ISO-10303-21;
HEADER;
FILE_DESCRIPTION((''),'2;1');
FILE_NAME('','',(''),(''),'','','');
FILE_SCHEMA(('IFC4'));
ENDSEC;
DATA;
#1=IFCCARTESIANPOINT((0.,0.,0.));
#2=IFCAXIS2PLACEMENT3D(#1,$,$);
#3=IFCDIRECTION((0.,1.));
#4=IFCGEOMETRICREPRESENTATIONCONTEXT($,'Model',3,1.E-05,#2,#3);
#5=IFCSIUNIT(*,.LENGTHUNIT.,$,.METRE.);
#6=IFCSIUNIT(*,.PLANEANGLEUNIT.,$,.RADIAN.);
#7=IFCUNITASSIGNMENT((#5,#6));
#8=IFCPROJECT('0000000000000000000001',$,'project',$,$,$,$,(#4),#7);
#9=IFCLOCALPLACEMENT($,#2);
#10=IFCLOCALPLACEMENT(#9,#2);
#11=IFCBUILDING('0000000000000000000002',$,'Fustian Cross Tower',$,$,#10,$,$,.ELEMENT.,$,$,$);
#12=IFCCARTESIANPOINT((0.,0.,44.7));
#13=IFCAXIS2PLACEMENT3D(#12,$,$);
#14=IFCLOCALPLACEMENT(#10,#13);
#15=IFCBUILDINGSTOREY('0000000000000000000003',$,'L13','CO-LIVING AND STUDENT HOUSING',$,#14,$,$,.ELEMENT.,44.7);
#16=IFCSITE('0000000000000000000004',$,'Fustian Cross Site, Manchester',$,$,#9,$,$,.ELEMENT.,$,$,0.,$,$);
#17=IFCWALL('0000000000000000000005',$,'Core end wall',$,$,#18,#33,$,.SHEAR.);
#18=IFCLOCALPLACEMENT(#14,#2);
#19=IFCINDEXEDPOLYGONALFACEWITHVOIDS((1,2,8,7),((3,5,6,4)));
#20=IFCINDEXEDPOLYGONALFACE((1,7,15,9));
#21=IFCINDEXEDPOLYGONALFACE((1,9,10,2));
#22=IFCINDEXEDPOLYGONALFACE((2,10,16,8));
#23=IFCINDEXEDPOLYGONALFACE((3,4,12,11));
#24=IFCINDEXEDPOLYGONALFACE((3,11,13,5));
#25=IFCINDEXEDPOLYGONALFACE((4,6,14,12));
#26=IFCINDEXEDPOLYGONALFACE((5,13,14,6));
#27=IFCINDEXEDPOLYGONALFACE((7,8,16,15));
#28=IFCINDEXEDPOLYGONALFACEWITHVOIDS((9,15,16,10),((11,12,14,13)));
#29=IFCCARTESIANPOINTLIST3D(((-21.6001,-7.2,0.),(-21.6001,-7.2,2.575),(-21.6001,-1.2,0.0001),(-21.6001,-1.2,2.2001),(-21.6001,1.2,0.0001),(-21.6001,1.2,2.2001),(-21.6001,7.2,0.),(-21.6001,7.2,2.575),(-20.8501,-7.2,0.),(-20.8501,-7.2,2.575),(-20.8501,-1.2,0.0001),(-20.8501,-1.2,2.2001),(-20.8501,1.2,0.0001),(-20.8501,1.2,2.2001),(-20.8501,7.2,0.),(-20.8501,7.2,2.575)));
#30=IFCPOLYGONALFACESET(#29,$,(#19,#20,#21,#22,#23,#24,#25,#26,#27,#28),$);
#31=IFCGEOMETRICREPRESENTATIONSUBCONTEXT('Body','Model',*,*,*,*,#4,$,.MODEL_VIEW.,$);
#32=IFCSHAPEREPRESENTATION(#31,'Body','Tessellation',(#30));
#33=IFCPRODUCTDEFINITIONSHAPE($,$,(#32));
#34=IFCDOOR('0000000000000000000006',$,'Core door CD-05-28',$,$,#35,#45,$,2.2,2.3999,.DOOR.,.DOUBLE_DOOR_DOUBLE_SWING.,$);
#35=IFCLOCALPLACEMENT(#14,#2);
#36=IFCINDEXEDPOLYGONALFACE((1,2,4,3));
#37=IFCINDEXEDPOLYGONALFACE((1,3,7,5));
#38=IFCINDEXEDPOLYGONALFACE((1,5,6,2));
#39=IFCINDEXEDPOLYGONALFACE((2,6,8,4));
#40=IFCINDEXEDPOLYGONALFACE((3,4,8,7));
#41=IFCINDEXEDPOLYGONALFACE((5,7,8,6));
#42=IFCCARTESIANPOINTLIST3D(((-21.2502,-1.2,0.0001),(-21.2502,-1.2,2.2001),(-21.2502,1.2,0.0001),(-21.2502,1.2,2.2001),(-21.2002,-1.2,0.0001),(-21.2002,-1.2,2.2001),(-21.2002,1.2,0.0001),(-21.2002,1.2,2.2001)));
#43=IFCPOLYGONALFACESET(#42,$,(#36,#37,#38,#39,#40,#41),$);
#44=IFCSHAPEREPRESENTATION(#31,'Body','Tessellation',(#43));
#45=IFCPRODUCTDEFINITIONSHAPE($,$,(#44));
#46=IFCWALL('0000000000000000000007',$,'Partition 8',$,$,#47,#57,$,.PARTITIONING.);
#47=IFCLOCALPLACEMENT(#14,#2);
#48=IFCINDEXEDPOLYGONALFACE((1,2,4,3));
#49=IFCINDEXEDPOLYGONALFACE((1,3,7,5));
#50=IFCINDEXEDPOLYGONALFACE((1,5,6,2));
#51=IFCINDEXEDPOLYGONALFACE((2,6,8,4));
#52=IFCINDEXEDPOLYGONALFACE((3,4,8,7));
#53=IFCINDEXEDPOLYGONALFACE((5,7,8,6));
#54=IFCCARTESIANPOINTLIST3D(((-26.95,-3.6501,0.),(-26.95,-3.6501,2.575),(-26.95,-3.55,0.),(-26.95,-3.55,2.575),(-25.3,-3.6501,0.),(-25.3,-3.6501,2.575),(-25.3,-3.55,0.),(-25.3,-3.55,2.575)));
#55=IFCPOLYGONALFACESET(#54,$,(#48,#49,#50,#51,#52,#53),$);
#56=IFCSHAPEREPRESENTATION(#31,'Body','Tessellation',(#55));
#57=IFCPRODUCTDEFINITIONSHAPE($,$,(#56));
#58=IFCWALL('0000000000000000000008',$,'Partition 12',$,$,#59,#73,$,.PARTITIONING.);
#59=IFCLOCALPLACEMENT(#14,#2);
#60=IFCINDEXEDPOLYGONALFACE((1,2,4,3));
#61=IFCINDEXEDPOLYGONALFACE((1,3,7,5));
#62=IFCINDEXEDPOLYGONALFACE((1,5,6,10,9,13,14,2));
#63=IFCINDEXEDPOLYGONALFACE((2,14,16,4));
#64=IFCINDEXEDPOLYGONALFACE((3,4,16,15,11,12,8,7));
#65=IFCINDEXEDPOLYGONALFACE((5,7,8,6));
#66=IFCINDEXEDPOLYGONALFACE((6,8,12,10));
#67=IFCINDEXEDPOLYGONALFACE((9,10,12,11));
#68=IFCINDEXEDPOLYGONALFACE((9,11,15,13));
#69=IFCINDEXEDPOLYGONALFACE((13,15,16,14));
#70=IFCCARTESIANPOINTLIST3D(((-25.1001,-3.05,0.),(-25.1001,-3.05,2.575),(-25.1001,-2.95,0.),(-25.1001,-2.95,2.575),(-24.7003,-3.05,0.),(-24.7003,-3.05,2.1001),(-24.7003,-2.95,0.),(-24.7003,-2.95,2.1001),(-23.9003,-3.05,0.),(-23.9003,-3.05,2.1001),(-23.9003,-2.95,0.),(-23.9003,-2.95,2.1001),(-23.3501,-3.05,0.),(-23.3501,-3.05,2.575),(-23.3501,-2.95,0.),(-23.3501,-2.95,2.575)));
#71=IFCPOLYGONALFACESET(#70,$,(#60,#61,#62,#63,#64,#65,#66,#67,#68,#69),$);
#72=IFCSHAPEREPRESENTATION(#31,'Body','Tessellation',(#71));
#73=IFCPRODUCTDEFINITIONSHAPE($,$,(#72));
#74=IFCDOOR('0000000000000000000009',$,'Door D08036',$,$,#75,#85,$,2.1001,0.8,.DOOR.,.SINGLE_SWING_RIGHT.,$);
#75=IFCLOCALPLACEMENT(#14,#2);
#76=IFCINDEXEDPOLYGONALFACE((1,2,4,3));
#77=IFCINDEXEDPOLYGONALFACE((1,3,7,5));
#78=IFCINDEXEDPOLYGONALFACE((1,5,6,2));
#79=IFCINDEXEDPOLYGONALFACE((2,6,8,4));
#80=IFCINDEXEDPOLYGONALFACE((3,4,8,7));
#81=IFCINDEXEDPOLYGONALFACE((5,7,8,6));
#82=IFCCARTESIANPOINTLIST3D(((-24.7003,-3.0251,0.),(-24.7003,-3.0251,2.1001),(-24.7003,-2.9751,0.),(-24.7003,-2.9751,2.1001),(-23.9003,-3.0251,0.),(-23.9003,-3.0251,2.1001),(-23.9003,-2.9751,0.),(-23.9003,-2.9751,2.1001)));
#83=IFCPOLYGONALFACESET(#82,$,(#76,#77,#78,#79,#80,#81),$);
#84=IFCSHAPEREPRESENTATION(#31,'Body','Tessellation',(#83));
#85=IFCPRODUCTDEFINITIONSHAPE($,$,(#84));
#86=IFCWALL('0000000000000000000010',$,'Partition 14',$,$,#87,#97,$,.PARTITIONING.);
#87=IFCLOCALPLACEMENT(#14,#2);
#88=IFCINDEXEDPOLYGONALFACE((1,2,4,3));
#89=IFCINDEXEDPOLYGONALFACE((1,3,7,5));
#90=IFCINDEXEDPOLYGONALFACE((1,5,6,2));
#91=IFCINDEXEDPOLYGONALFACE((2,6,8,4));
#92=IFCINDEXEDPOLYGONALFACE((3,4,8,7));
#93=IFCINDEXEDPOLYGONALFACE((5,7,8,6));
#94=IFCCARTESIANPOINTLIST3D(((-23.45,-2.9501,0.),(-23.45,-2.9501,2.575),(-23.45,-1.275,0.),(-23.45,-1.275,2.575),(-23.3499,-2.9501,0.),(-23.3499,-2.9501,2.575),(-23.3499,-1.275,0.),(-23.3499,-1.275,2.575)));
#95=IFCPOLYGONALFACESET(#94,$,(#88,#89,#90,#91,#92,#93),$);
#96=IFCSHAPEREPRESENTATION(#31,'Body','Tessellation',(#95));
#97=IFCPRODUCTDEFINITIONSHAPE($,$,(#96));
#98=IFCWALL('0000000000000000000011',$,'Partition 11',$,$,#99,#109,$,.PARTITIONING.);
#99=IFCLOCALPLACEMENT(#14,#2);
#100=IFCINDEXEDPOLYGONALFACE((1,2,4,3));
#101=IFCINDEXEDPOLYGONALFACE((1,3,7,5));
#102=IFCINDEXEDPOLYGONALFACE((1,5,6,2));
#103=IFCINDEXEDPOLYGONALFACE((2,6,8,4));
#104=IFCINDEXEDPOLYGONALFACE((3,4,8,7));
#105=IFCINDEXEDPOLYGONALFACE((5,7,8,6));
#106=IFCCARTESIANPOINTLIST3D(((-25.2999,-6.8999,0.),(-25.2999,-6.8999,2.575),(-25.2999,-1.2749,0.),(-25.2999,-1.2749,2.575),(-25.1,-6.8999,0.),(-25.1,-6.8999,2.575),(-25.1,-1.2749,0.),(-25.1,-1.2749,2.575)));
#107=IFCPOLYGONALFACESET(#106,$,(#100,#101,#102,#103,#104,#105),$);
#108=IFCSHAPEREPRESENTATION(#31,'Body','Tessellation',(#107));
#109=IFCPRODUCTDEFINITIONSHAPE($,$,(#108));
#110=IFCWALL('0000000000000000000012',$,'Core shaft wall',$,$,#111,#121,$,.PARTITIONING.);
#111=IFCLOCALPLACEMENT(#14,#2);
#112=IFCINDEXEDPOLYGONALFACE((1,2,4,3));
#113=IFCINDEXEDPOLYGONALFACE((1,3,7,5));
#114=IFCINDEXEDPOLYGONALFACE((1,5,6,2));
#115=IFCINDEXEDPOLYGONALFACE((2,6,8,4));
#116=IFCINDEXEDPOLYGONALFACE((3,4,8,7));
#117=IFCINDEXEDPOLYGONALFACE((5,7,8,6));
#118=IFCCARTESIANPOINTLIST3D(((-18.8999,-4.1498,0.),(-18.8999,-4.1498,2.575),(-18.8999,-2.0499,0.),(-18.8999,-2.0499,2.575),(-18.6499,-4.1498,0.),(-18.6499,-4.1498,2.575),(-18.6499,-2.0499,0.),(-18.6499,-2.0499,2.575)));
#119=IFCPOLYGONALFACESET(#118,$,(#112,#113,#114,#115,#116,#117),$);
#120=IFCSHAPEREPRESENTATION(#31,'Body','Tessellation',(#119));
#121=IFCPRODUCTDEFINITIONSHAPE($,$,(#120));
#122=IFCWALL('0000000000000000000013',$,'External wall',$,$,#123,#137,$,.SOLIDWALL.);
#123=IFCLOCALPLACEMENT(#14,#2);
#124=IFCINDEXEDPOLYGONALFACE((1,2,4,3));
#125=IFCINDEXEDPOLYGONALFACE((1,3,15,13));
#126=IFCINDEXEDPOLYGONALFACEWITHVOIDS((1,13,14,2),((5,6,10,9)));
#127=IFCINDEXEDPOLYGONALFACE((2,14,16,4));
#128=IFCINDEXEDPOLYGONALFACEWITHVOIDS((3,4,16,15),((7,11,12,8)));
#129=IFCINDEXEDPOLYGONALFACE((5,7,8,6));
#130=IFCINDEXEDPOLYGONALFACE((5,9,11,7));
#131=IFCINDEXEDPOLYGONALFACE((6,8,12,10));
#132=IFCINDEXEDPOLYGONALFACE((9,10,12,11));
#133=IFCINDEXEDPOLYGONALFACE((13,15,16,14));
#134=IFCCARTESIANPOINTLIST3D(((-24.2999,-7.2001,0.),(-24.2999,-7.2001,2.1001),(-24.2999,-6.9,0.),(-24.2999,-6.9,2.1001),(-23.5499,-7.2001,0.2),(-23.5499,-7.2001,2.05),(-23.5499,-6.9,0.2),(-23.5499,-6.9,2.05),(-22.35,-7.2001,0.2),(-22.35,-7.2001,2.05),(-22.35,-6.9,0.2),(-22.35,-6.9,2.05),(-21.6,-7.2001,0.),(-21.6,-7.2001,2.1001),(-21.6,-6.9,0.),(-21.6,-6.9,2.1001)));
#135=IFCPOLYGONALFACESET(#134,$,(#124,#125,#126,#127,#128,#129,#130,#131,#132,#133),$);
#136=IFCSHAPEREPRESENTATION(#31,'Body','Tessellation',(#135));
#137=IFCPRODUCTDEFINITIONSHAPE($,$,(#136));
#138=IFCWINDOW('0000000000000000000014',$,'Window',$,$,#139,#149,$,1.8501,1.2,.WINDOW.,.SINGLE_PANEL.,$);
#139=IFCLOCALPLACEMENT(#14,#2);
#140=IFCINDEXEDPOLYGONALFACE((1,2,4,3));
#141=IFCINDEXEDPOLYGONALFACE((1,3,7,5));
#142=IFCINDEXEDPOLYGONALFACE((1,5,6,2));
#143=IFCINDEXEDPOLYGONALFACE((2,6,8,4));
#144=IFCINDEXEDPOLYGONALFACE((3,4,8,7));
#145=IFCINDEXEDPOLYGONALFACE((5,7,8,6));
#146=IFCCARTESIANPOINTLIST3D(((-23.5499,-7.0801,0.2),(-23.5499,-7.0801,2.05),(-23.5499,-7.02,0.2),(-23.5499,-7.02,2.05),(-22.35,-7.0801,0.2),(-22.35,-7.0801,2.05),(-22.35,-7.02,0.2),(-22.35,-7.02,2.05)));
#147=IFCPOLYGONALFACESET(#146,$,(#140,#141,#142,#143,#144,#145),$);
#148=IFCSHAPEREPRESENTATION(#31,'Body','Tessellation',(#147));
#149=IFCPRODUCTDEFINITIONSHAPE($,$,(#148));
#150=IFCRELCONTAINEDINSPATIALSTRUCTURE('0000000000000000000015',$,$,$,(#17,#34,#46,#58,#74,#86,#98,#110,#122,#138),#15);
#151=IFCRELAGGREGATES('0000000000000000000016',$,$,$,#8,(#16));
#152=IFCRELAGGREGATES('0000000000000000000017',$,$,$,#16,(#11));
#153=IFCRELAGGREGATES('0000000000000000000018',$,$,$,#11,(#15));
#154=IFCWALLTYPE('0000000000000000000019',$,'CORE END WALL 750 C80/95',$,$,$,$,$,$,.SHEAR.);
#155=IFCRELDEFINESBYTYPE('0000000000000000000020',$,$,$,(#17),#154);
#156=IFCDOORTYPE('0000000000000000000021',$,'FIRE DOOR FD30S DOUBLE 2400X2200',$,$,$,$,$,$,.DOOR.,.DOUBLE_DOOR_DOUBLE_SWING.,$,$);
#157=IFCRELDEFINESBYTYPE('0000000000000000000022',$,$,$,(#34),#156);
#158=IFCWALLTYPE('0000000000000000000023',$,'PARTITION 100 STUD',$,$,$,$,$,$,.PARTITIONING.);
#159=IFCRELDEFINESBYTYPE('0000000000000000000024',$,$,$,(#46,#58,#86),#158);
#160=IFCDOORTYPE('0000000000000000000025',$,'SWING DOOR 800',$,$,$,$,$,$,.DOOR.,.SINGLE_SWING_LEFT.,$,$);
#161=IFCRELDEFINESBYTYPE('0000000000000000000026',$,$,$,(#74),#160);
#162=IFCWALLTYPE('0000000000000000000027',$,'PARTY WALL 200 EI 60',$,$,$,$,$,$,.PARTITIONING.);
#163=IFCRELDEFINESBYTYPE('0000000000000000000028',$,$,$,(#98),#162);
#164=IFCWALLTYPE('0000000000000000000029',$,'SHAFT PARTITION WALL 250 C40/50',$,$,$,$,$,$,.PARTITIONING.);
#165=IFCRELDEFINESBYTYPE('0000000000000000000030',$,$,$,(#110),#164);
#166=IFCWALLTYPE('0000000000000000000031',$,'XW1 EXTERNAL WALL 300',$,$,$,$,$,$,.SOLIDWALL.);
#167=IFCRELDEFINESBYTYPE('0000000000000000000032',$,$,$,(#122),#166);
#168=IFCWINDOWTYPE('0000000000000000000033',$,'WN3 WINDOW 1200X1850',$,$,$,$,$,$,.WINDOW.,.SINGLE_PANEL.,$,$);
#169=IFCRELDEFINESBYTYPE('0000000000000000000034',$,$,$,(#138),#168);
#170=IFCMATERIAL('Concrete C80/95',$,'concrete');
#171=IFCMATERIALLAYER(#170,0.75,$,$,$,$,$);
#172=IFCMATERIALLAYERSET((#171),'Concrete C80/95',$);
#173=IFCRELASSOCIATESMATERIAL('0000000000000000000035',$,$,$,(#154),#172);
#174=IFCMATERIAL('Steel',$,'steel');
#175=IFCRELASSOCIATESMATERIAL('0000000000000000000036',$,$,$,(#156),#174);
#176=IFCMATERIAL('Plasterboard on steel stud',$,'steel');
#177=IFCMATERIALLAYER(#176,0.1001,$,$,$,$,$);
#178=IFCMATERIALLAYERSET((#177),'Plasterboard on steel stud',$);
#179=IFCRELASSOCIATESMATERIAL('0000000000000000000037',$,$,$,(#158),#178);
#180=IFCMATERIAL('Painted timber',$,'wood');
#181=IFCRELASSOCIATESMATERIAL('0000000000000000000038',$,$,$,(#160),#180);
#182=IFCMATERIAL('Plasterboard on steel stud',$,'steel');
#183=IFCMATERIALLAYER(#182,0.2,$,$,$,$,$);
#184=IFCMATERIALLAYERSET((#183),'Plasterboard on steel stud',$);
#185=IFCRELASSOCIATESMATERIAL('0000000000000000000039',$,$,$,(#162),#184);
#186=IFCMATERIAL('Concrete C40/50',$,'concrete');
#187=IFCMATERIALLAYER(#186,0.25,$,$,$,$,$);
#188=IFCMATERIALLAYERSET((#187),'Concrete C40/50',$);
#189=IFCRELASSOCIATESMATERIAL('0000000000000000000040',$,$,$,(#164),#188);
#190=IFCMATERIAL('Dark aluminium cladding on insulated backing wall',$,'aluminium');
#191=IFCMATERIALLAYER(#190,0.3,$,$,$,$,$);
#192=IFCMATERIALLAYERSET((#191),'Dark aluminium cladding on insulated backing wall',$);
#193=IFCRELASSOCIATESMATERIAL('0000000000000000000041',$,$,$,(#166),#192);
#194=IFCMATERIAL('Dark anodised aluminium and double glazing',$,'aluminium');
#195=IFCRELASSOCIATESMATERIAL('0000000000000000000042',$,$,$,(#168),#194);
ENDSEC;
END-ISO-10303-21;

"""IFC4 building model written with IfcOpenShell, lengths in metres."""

from ifc_helpers import new_model, si_unit, direction, frame, frame_2d, origin, place, context, subcontext, project, spatial, rectangle, extrude, material, layer, layer_set, type_object, element, fill, save


model = new_model("IFC4")

# Units and contexts
model_context = context("Model", 3, precision=1e-05, world=origin(), true_north=direction((0.0, 1.0)))
body_context = subcontext(model_context, "Body", "Model", "MODEL_VIEW")
ifc_project = project(units=[si_unit("LENGTHUNIT", "METRE"), si_unit("PLANEANGLEUNIT", "RADIAN")], contexts=[model_context])

# Site, building, storey
site_placement = place(None, origin())
site = spatial("IfcSite", under=ifc_project, at=site_placement, Name="Fustian Cross Site, Manchester", CompositionType="ELEMENT", RefElevation=0.0)
building_placement = place(site_placement, origin())
building = spatial("IfcBuilding", under=site, at=building_placement, Name="Fustian Cross Tower", CompositionType="ELEMENT")
storey_placement = place(building_placement, frame((0.0, 0.0, 44.7)))
storey = spatial("IfcBuildingStorey", under=building, at=storey_placement, Name="L13", Description="CO-LIVING AND STUDENT HOUSING", CompositionType="ELEMENT", Elevation=44.7)

# Wall, opening, door
ifc_material_1 = material(Name="Concrete C80/95", Category="concrete")
ifc_layer_1 = layer(ifc_material_1, 0.75)
ifc_layer_set_1 = layer_set([ifc_layer_1], Name="Concrete C80/95")
wall_type_1 = type_object("IfcWallType", Name="CORE END WALL 750 C80/95", PredefinedType="SHEAR", material=ifc_layer_set_1)
wall_1_placement = place(storey_placement, frame((-21.2251, -7.2, 0.0), z_axis=(0.0, 0.0, 1.0), x_axis=(0.0, 1.0, 0.0)))
wall_1 = element("IfcWall", 1, at=wall_1_placement, inside=storey, type_object=wall_type_1, Name="Core end wall", PredefinedType="SHEAR", context=body_context, shape_type="SweptSolid", body=[
    extrude(rectangle(XDim=14.3999, YDim=0.75, at=frame_2d((7.2, 0.0))), origin(), (0.0, 0.0, 1.0), 2.575),
])
opening_1_placement = place(wall_1_placement, frame((6.0, 0.0, 0.0)))
opening_1 = element("IfcOpeningElement", 2, at=opening_1_placement, cuts=wall_1, PredefinedType="OPENING", context=body_context, shape_type="SweptSolid", body=[
    extrude(rectangle(XDim=2.3999, YDim=2.2, at=frame_2d((1.2, 1.1001))), frame((0.0, 0.385, 0.0), z_axis=(0.0, -1.0, 0.0), x_axis=(1.0, 0.0, 0.0)), (0.0, 0.0, 1.0), 0.77),
])
ifc_material_2 = material(Name="Steel", Category="steel")
door_type_1 = type_object("IfcDoorType", Name="FIRE DOOR FD30S DOUBLE 2400X2200", OperationType="DOUBLE_DOOR_DOUBLE_SWING", PredefinedType="DOOR", material=ifc_material_2)
door_1_placement = place(opening_1_placement, frame((2.3999, 0.0, 0.0), z_axis=(0.0, 0.0, 1.0), x_axis=(-1.0, 0.0, 0.0)))
door_1 = element("IfcDoor", 3, at=door_1_placement, inside=storey, type_object=door_type_1, Name="Core door CD-05-28", OperationType="DOUBLE_DOOR_DOUBLE_SWING", OverallHeight=2.2, OverallWidth=2.3999, PredefinedType="DOOR", context=body_context, shape_type="SweptSolid", body=[
    extrude(rectangle(XDim=2.3999, YDim=2.2, at=frame_2d((1.2, 1.1001))), frame((0.0, 0.0249, 0.0), z_axis=(0.0, -1.0, 0.0), x_axis=(1.0, 0.0, 0.0)), (0.0, 0.0, 1.0), 0.05),
])
fill(opening_1, door_1)

# Wall
ifc_material_3 = material(Name="Plasterboard on steel stud", Category="steel")
ifc_layer_2 = layer(ifc_material_3, 0.1001)
ifc_layer_set_2 = layer_set([ifc_layer_2], Name="Plasterboard on steel stud")
wall_type_2 = type_object("IfcWallType", Name="PARTITION 100 STUD", PredefinedType="PARTITIONING", material=ifc_layer_set_2)
wall_2_placement = place(storey_placement, frame((-26.95, -3.6001, 0.0), z_axis=(0.0, 0.0, 1.0), x_axis=(1.0, 0.0, 0.0)))
element("IfcWall", 4, at=wall_2_placement, inside=storey, type_object=wall_type_2, Name="Partition 8", PredefinedType="PARTITIONING", context=body_context, shape_type="SweptSolid", body=[
    extrude(rectangle(XDim=1.6499, YDim=0.1001, at=frame_2d((0.825, 0.0))), origin(), (0.0, 0.0, 1.0), 2.575),
])

# Wall, opening, door
wall_3_placement = place(storey_placement, frame((-25.1001, -3.0, 0.0), z_axis=(0.0, 0.0, 1.0), x_axis=(1.0, 0.0, 0.0)))
wall_3 = element("IfcWall", 5, at=wall_3_placement, inside=storey, type_object=wall_type_2, Name="Partition 12", PredefinedType="PARTITIONING", context=body_context, shape_type="SweptSolid", body=[
    extrude(rectangle(XDim=1.75, YDim=0.1001, at=frame_2d((0.875, 0.0))), origin(), (0.0, 0.0, 1.0), 2.575),
])
opening_2_placement = place(wall_3_placement, frame((0.3999, 0.0, 0.0)))
opening_2 = element("IfcOpeningElement", 6, at=opening_2_placement, cuts=wall_3, PredefinedType="OPENING", context=body_context, shape_type="SweptSolid", body=[
    extrude(rectangle(XDim=0.8, YDim=2.1001, at=frame_2d((0.3999, 1.05))), frame((0.0, 0.0601, 0.0), z_axis=(0.0, -1.0, 0.0), x_axis=(1.0, 0.0, 0.0)), (0.0, 0.0, 1.0), 0.1201),
])
ifc_material_4 = material(Name="Painted timber", Category="wood")
door_type_2 = type_object("IfcDoorType", Name="SWING DOOR 800", OperationType="SINGLE_SWING_LEFT", PredefinedType="DOOR", material=ifc_material_4)
door_2_placement = place(opening_2_placement, origin())
door_2 = element("IfcDoor", 7, at=door_2_placement, inside=storey, type_object=door_type_2, Name="Door D08036", OperationType="SINGLE_SWING_RIGHT", OverallHeight=2.1001, OverallWidth=0.8, PredefinedType="DOOR", context=body_context, shape_type="SweptSolid", body=[
    extrude(rectangle(XDim=0.8, YDim=2.1001, at=frame_2d((0.3999, 1.05))), frame((0.0, 0.0249, 0.0), z_axis=(0.0, -1.0, 0.0), x_axis=(1.0, 0.0, 0.0)), (0.0, 0.0, 1.0), 0.05),
])
fill(opening_2, door_2)

# Walls
wall_4_placement = place(storey_placement, frame((-23.3999, -2.95, 0.0), z_axis=(0.0, 0.0, 1.0), x_axis=(0.0, 1.0, 0.0)))
element("IfcWall", 8, at=wall_4_placement, inside=storey, type_object=wall_type_2, Name="Partition 14", PredefinedType="PARTITIONING", context=body_context, shape_type="SweptSolid", body=[
    extrude(rectangle(XDim=1.675, YDim=0.1001, at=frame_2d((0.8374, 0.0))), origin(), (0.0, 0.0, 1.0), 2.575),
])
ifc_material_5 = material(Name="Plasterboard on steel stud", Category="steel")
ifc_layer_3 = layer(ifc_material_5, 0.2)
ifc_layer_set_3 = layer_set([ifc_layer_3], Name="Plasterboard on steel stud")
wall_type_3 = type_object("IfcWallType", Name="PARTY WALL 200 EI 60", PredefinedType="PARTITIONING", material=ifc_layer_set_3)
wall_5_placement = place(storey_placement, frame((-25.2, -6.8999, 0.0), z_axis=(0.0, 0.0, 1.0), x_axis=(0.0, 1.0, 0.0)))
element("IfcWall", 9, at=wall_5_placement, inside=storey, type_object=wall_type_3, Name="Partition 11", PredefinedType="PARTITIONING", context=body_context, shape_type="SweptSolid", body=[
    extrude(rectangle(XDim=5.625, YDim=0.2, at=frame_2d((2.8125, 0.0))), origin(), (0.0, 0.0, 1.0), 2.575),
])
ifc_material_6 = material(Name="Concrete C40/50", Category="concrete")
ifc_layer_4 = layer(ifc_material_6, 0.25)
ifc_layer_set_4 = layer_set([ifc_layer_4], Name="Concrete C40/50")
wall_type_4 = type_object("IfcWallType", Name="SHAFT PARTITION WALL 250 C40/50", PredefinedType="PARTITIONING", material=ifc_layer_set_4)
wall_6_placement = place(storey_placement, frame((-18.7749, -2.05, 0.0), z_axis=(0.0, 0.0, 1.0), x_axis=(0.0, -1.0, 0.0)))
element("IfcWall", 10, at=wall_6_placement, inside=storey, type_object=wall_type_4, Name="Core shaft wall", PredefinedType="PARTITIONING", context=body_context, shape_type="SweptSolid", body=[
    extrude(rectangle(XDim=2.0999, YDim=0.25, at=frame_2d((1.0498, 0.0))), origin(), (0.0, 0.0, 1.0), 2.575),
])

# Wall, opening, window
ifc_material_7 = material(Name="Dark aluminium cladding on insulated backing wall", Category="aluminium")
ifc_layer_5 = layer(ifc_material_7, 0.3)
ifc_layer_set_5 = layer_set([ifc_layer_5], Name="Dark aluminium cladding on insulated backing wall")
wall_type_5 = type_object("IfcWallType", Name="XW1 EXTERNAL WALL 300", PredefinedType="SOLIDWALL", material=ifc_layer_set_5)
wall_7_placement = place(storey_placement, frame((-24.3, -7.05, 0.0), z_axis=(0.0, 0.0, 1.0), x_axis=(1.0, 0.0, 0.0)))
wall_7 = element("IfcWall", 11, at=wall_7_placement, inside=storey, type_object=wall_type_5, Name="External wall", PredefinedType="SOLIDWALL", context=body_context, shape_type="SweptSolid", body=[
    extrude(rectangle(XDim=2.7, YDim=0.3, at=frame_2d((1.3501, 0.0))), origin(), (0.0, 0.0, 1.0), 2.1001),
])
opening_3_placement = place(wall_7_placement, frame((0.75, 0.0, 0.2)))
opening_3 = element("IfcOpeningElement", 12, at=opening_3_placement, cuts=wall_7, PredefinedType="OPENING", context=body_context, shape_type="SweptSolid", body=[
    extrude(rectangle(XDim=1.2, YDim=1.8501, at=frame_2d((0.6001, 0.925))), frame((0.0, 0.1599, 0.0), z_axis=(0.0, -1.0, 0.0), x_axis=(1.0, 0.0, 0.0)), (0.0, 0.0, 1.0), 0.3201),
])
ifc_material_8 = material(Name="Dark anodised aluminium and double glazing", Category="aluminium")
window_type = type_object("IfcWindowType", Name="WN3 WINDOW 1200X1850", PartitioningType="SINGLE_PANEL", PredefinedType="WINDOW", material=ifc_material_8)
window_placement = place(opening_3_placement, origin())
window = element("IfcWindow", 13, at=window_placement, inside=storey, type_object=window_type, Name="Window", OverallHeight=1.8501, OverallWidth=1.2, PartitioningType="SINGLE_PANEL", PredefinedType="WINDOW", context=body_context, shape_type="SweptSolid", body=[
    extrude(rectangle(XDim=1.2, YDim=1.8501, at=frame_2d((0.6001, 0.925))), frame((0.0, 0.03, 0.0), z_axis=(0.0, -1.0, 0.0), x_axis=(1.0, 0.0, 0.0)), (0.0, 0.0, 1.0), 0.0601),
])
fill(opening_3, window)

save(model, "model.ifc")
